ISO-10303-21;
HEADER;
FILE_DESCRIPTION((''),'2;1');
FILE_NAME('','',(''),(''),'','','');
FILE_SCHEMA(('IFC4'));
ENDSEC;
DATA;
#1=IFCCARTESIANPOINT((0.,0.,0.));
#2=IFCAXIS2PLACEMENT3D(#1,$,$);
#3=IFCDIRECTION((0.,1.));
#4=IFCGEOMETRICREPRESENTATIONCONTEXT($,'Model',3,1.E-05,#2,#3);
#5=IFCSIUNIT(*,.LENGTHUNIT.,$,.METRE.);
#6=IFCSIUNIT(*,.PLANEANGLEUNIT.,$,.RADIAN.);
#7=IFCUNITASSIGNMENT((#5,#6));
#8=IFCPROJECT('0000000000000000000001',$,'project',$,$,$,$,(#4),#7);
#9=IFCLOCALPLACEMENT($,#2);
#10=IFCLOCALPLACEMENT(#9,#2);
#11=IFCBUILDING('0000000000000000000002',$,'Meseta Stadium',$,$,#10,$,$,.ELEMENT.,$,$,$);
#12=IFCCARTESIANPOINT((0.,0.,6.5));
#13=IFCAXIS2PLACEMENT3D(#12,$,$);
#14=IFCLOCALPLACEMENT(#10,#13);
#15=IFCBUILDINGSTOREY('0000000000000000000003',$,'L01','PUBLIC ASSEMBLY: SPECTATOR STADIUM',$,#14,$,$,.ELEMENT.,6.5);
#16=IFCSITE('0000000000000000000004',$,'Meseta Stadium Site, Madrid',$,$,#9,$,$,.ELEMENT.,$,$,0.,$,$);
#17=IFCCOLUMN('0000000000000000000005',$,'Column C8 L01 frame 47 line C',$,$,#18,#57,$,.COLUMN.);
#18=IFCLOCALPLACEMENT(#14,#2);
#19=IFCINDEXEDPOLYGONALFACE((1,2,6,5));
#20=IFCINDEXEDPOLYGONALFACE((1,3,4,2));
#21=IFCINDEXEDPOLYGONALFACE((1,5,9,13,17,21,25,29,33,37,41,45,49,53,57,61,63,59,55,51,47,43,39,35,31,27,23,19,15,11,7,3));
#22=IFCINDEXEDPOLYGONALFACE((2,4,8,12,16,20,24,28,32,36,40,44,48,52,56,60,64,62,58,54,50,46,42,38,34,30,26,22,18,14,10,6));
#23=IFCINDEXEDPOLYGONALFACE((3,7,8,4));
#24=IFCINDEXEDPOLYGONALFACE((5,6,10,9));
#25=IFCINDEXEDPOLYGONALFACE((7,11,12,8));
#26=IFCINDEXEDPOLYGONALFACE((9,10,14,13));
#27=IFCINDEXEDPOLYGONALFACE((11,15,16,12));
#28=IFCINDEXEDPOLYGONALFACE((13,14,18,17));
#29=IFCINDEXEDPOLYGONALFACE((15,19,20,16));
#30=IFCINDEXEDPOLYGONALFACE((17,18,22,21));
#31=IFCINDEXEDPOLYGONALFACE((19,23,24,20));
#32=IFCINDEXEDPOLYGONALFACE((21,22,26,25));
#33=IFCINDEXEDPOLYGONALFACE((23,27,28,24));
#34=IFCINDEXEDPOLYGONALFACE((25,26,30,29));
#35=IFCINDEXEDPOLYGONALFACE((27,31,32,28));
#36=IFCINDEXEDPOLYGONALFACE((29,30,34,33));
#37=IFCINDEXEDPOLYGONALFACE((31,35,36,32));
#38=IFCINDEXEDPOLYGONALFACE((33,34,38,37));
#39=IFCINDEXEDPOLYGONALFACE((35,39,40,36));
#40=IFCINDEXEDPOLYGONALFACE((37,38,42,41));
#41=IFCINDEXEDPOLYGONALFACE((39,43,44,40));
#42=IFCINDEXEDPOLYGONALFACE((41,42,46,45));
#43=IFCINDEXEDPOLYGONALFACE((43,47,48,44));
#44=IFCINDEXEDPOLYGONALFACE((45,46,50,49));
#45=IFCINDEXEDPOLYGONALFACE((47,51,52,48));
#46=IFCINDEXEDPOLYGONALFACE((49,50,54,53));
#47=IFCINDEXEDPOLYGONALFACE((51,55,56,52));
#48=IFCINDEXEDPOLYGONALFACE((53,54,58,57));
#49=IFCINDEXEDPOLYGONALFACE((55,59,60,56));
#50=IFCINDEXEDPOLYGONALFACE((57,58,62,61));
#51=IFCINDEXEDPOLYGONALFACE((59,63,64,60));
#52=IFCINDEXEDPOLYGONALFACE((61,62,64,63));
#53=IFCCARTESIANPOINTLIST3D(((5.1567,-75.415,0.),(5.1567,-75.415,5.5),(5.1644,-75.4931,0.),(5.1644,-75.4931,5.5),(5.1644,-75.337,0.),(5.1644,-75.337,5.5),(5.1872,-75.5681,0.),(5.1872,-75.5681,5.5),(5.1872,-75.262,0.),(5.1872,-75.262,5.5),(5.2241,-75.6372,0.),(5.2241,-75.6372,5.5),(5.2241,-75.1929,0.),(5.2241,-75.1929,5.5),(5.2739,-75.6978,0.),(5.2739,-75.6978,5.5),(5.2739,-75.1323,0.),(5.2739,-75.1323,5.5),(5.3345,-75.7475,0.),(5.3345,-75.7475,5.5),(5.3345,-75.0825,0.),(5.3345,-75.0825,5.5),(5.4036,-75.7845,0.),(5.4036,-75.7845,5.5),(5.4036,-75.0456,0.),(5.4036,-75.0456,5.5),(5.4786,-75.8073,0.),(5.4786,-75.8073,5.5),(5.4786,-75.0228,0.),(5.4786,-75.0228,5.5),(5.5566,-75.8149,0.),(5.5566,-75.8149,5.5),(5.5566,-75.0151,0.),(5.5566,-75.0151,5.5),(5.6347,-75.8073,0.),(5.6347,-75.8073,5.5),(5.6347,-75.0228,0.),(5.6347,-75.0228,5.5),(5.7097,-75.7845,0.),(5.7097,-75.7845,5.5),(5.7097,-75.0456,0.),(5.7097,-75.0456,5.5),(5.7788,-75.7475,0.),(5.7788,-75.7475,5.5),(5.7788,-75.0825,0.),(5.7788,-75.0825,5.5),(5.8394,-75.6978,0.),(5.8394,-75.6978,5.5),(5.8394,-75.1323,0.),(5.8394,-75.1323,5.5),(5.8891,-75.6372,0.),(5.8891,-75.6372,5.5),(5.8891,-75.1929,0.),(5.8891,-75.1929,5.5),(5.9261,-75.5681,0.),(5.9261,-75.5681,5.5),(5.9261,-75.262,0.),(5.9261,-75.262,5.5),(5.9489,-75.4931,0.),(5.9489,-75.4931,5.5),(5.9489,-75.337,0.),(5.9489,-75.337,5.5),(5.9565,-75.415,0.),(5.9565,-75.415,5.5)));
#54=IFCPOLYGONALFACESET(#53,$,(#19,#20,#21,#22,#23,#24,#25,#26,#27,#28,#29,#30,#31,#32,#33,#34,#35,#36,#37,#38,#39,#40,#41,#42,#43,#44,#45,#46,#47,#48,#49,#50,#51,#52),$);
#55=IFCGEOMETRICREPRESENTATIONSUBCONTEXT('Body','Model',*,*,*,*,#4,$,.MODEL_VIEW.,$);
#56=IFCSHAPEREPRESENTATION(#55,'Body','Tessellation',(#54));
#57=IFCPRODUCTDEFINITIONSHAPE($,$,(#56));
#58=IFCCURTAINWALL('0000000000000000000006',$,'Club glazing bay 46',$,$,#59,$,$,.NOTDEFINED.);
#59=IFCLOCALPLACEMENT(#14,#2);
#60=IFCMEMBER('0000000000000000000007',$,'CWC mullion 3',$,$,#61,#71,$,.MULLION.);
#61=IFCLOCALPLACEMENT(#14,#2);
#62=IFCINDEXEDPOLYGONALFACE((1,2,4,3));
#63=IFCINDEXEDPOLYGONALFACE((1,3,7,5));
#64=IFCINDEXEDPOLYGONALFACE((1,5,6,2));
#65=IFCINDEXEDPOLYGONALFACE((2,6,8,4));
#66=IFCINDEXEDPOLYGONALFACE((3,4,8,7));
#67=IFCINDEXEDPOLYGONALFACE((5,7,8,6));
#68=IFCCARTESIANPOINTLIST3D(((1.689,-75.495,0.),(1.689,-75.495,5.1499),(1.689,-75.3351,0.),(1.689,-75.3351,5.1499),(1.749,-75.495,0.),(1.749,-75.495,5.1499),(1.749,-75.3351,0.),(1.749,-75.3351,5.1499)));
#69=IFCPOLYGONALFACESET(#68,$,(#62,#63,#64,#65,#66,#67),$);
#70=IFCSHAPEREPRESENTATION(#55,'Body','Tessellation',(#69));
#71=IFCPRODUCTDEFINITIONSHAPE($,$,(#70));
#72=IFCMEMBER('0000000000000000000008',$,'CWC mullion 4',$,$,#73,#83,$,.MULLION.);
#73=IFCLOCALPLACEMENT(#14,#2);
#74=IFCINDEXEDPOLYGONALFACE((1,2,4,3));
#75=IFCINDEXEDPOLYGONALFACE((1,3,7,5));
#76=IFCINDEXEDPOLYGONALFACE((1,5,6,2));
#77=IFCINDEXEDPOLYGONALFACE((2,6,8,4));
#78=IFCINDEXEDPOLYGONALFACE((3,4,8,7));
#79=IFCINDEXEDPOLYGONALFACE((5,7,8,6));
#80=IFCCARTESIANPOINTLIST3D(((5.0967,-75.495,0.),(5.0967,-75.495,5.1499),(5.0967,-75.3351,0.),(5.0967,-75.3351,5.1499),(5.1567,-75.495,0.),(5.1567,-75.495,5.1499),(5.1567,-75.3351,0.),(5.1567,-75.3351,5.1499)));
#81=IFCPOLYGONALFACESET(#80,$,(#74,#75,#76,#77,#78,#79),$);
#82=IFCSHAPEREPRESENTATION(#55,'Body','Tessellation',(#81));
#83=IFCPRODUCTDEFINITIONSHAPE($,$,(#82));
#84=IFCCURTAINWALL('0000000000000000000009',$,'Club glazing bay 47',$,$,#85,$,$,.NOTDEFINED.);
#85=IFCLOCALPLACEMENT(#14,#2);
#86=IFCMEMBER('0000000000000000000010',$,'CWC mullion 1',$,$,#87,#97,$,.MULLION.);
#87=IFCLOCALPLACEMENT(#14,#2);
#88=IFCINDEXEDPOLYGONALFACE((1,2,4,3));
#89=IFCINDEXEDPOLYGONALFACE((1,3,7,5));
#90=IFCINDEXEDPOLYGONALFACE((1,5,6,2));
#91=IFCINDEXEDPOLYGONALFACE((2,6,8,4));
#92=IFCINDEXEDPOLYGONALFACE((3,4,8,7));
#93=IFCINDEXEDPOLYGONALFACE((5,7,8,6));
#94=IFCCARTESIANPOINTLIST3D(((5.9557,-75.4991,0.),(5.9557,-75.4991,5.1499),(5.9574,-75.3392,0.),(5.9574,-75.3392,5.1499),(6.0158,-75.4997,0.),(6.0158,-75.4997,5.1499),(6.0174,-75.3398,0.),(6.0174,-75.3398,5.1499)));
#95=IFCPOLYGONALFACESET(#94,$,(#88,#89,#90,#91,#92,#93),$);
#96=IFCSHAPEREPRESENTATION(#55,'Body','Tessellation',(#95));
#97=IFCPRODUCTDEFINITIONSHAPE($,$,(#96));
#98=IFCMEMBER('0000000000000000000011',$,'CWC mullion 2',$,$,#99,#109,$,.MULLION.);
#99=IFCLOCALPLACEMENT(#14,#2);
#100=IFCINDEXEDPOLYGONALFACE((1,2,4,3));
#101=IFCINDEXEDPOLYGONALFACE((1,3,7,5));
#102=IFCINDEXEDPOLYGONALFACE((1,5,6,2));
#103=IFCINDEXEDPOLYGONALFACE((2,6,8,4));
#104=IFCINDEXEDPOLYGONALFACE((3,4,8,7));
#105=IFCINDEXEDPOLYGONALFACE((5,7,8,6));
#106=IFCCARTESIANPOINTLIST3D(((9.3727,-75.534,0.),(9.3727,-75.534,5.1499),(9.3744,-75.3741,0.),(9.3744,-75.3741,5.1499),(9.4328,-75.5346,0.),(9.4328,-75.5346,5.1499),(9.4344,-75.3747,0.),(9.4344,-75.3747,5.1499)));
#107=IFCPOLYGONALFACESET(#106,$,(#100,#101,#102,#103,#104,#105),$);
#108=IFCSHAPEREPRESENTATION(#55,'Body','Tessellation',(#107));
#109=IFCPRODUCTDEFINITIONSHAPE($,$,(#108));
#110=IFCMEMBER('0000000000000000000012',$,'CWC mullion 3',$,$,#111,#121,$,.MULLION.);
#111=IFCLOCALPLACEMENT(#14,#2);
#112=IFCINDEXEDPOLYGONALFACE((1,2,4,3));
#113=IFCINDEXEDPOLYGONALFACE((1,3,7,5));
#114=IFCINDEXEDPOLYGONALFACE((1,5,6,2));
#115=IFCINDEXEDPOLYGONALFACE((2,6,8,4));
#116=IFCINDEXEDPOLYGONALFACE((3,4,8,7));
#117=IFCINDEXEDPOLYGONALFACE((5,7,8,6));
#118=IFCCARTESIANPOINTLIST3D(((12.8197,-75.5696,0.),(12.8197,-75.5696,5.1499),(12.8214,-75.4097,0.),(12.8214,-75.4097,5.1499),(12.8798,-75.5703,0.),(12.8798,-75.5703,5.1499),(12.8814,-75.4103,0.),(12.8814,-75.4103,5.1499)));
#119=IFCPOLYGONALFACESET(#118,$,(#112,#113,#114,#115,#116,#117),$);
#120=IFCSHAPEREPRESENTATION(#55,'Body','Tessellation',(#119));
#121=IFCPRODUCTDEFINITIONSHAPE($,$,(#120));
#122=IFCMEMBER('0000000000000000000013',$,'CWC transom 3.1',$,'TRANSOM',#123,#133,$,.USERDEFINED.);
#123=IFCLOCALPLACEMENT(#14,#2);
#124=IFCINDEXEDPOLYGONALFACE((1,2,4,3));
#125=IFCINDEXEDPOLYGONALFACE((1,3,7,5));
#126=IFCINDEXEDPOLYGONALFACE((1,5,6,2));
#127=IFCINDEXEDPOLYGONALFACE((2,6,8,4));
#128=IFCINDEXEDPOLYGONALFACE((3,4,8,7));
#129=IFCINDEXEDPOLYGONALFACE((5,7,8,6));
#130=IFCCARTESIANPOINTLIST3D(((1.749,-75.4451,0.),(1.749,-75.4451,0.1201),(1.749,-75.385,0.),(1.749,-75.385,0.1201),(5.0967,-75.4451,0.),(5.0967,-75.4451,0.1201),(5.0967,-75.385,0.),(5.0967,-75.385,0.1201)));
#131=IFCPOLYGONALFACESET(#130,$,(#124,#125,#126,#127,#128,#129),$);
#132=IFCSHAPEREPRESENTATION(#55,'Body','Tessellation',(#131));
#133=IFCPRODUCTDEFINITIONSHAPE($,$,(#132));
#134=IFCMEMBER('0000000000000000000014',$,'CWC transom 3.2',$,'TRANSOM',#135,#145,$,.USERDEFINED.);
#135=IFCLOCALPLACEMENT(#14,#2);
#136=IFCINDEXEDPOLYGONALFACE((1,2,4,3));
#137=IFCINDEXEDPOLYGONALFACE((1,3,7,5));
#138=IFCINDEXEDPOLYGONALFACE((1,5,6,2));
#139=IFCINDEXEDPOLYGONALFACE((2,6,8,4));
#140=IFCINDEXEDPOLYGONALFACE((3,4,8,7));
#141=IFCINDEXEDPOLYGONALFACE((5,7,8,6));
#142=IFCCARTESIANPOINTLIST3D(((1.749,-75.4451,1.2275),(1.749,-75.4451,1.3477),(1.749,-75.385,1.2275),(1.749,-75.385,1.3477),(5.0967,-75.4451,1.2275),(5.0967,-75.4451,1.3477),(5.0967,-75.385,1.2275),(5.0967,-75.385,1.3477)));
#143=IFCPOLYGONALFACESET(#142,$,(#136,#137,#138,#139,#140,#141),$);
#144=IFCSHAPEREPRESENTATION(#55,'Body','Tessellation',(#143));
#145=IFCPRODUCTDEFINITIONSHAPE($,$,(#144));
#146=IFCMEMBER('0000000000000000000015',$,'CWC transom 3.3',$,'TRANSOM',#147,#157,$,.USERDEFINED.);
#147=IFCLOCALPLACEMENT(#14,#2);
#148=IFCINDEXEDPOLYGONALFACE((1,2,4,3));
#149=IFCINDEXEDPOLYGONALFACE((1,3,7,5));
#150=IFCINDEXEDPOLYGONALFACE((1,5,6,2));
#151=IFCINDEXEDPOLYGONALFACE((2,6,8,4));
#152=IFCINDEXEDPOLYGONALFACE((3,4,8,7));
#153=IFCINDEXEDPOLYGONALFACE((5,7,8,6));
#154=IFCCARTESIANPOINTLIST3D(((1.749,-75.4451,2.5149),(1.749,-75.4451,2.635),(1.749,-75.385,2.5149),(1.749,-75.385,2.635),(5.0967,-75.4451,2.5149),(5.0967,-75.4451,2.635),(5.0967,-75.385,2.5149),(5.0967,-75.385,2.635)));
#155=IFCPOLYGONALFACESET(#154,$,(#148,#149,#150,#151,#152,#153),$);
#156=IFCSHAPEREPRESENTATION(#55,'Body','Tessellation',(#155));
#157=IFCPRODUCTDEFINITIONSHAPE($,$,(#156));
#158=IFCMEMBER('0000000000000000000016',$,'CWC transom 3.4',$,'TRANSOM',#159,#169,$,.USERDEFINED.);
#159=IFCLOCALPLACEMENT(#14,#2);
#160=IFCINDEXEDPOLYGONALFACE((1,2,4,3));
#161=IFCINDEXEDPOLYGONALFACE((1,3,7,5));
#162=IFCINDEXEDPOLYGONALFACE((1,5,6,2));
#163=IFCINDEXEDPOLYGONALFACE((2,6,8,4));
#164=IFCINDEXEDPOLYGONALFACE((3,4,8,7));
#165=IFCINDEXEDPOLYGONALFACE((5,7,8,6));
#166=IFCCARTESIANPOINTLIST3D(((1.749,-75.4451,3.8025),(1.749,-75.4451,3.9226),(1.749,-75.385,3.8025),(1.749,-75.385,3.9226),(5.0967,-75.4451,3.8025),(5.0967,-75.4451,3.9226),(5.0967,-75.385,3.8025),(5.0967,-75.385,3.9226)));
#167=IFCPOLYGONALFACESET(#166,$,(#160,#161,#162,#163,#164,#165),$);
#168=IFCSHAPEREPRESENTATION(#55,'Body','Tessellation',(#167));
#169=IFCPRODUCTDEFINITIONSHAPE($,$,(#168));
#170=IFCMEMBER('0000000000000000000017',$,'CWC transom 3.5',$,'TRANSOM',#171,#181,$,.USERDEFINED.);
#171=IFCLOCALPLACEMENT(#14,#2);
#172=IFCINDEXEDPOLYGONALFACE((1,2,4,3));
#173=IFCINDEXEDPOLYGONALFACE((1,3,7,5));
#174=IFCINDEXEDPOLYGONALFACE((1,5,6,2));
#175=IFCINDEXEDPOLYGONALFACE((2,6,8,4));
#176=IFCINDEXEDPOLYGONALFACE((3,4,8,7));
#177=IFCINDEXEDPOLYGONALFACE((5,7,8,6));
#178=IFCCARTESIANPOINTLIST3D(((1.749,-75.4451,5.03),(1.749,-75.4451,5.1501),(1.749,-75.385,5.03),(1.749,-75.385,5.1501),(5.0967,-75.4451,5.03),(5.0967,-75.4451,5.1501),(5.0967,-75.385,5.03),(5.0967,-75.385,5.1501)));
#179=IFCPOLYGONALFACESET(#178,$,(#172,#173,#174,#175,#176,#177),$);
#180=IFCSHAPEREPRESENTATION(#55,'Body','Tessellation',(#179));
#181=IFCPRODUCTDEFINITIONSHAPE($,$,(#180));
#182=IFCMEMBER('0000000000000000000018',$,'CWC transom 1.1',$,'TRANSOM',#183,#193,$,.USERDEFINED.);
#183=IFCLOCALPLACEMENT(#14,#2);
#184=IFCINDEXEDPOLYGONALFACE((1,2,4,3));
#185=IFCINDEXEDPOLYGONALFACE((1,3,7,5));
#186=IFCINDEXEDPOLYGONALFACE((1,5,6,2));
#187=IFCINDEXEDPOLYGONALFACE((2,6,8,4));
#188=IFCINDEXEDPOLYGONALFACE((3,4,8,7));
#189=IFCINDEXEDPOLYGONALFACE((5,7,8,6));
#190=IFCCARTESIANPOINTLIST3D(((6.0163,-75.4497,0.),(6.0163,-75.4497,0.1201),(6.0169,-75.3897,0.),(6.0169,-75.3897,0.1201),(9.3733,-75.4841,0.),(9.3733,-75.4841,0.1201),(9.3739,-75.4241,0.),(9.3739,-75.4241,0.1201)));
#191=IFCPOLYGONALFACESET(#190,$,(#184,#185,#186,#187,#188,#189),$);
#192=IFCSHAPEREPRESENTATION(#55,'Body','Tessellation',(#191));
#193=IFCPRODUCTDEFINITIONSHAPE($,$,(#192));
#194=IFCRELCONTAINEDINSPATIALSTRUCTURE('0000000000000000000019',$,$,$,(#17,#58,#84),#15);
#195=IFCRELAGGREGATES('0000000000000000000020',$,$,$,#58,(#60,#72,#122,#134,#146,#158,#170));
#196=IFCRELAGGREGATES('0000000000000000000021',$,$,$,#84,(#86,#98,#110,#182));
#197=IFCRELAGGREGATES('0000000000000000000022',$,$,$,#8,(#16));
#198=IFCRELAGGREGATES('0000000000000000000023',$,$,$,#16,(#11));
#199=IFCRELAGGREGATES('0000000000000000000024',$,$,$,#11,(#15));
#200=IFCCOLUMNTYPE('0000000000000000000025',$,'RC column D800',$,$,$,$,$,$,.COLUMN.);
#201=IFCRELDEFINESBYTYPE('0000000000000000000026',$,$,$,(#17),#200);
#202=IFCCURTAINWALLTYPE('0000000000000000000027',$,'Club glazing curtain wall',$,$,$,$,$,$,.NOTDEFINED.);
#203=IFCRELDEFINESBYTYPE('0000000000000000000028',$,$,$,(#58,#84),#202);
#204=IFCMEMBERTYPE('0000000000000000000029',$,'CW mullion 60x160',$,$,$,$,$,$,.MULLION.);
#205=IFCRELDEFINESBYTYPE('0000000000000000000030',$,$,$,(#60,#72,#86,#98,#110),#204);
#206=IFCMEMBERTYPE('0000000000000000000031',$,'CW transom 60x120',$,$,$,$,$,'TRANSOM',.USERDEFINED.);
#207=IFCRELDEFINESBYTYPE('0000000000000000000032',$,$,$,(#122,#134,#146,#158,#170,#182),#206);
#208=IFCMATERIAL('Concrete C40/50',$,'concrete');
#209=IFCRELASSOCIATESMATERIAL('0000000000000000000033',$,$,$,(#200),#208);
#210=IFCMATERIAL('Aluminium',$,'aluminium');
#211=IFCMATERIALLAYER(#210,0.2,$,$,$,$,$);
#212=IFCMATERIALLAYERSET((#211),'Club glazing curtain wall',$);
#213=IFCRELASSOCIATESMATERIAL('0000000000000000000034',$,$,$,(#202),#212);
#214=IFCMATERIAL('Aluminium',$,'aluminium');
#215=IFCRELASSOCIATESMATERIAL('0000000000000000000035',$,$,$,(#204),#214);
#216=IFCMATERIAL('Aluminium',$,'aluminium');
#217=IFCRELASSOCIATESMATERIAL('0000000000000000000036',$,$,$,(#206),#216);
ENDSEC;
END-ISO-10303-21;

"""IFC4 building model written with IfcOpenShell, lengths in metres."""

from ifc_helpers import new_model, si_unit, direction, frame, origin, origin_2d, place, context, subcontext, project, spatial, rectangle, circle, extrude, material, layer, layer_set, material_profile, profile_set, type_object, element, aggregate, save


model = new_model("IFC4")

# Units and contexts
model_context = context("Model", 3, precision=1e-05, world=origin(), true_north=direction((0.0, 1.0)))
body_context = subcontext(model_context, "Body", "Model", "MODEL_VIEW")
ifc_project = project(units=[si_unit("LENGTHUNIT", "METRE"), si_unit("PLANEANGLEUNIT", "RADIAN")], contexts=[model_context])

# Site, building, storey
site_placement = place(None, origin())
site = spatial("IfcSite", under=ifc_project, at=site_placement, Name="Meseta Stadium Site, Madrid", CompositionType="ELEMENT", RefElevation=0.0)
building_placement = place(site_placement, origin())
building = spatial("IfcBuilding", under=site, at=building_placement, Name="Meseta Stadium", CompositionType="ELEMENT")
storey_placement = place(building_placement, frame((0.0, 0.0, 6.5)))
storey = spatial("IfcBuildingStorey", under=building, at=storey_placement, Name="L01", Description="PUBLIC ASSEMBLY: SPECTATOR STADIUM", CompositionType="ELEMENT", Elevation=6.5)

# Column
ifc_material_1 = material(Name="Concrete C40/50", Category="concrete")
ifc_material_profile_1 = material_profile(ifc_material_1, circle(Radius=0.3999, at=origin_2d()), Name="RC D800")
ifc_profile_set_1 = profile_set([ifc_material_profile_1], Name="Concrete C40/50")
column_type = type_object("IfcColumnType", Name="RC column D800", PredefinedType="COLUMN", material=ifc_profile_set_1)
column_placement = place(storey_placement, frame((5.5566, -75.415, 0.0), z_axis=(0.0, 0.0, 1.0), x_axis=(1.0, 0.0, 0.0)))
element("IfcColumn", 1, at=column_placement, inside=storey, type_object=column_type, Name="Column C8 L01 frame 47 line C", PredefinedType="COLUMN", context=body_context, shape_type="SweptSolid", body=[
    extrude(circle(Radius=0.3999, at=origin_2d()), origin(), (0.0, 0.0, 1.0), 5.5),
])

# Curtain walls, members
ifc_material_2 = material(Name="Aluminium", Category="aluminium")
ifc_layer_1 = layer(ifc_material_2, 0.2)
ifc_layer_set_1 = layer_set([ifc_layer_1], Name="Club glazing curtain wall")
curtain_wall_type = type_object("IfcCurtainWallType", Name="Club glazing curtain wall", PredefinedType="NOTDEFINED", material=ifc_layer_set_1)
curtain_wall_1_placement = place(storey_placement, origin())
curtain_wall_1 = element("IfcCurtainWall", 2, at=curtain_wall_1_placement, inside=storey, type_object=curtain_wall_type, Name="Club glazing bay 46", PredefinedType="NOTDEFINED")
ifc_material_3 = material(Name="Aluminium", Category="aluminium")
ifc_material_profile_2 = material_profile(ifc_material_3, rectangle(XDim=0.1599, YDim=0.0601, at=origin_2d()), Name="CW 160x60")
ifc_profile_set_2 = profile_set([ifc_material_profile_2], Name="Aluminium")
member_type_1 = type_object("IfcMemberType", Name="CW mullion 60x160", PredefinedType="MULLION", material=ifc_profile_set_2)
member_1_placement = place(storey_placement, frame((1.719, -75.415, 0.0), z_axis=(0.0, 0.0, 1.0), x_axis=(0.0, 1.0, 0.0)))
member_1 = element("IfcMember", 3, at=member_1_placement, type_object=member_type_1, Name="CWC mullion 3", PredefinedType="MULLION", context=body_context, shape_type="SweptSolid", body=[
    extrude(rectangle(XDim=0.1599, YDim=0.0601, at=origin_2d()), origin(), (0.0, 0.0, 1.0), 5.1499),
])
member_2_placement = place(storey_placement, frame((5.1267, -75.415, 0.0), z_axis=(0.0, 0.0, 1.0), x_axis=(0.0, 1.0, 0.0)))
member_2 = element("IfcMember", 4, at=member_2_placement, type_object=member_type_1, Name="CWC mullion 4", PredefinedType="MULLION", context=body_context, shape_type="SweptSolid", body=[
    extrude(rectangle(XDim=0.1599, YDim=0.0601, at=origin_2d()), origin(), (0.0, 0.0, 1.0), 5.1499),
])
curtain_wall_2_placement = place(storey_placement, origin())
curtain_wall_2 = element("IfcCurtainWall", 5, at=curtain_wall_2_placement, inside=storey, type_object=curtain_wall_type, Name="Club glazing bay 47", PredefinedType="NOTDEFINED")
member_3_placement = place(storey_placement, frame((5.9866, -75.4194, 0.0), z_axis=(0.0, 0.0, 1.0), x_axis=(0.010279, 0.999947, 0.0)))
member_3 = element("IfcMember", 6, at=member_3_placement, type_object=member_type_1, Name="CWC mullion 1", PredefinedType="MULLION", context=body_context, shape_type="SweptSolid", body=[
    extrude(rectangle(XDim=0.1599, YDim=0.0601, at=origin_2d()), origin(), (0.0, 0.0, 1.0), 5.1499),
])
member_4_placement = place(storey_placement, frame((9.4036, -75.4543, 0.0), z_axis=(0.0, 0.0, 1.0), x_axis=(0.010279, 0.999947, 0.0)))
member_4 = element("IfcMember", 7, at=member_4_placement, type_object=member_type_1, Name="CWC mullion 2", PredefinedType="MULLION", context=body_context, shape_type="SweptSolid", body=[
    extrude(rectangle(XDim=0.1599, YDim=0.0601, at=origin_2d()), origin(), (0.0, 0.0, 1.0), 5.1499),
])
member_5_placement = place(storey_placement, frame((12.8506, -75.49, 0.0), z_axis=(0.0, 0.0, 1.0), x_axis=(0.010279, 0.999947, 0.0)))
member_5 = element("IfcMember", 8, at=member_5_placement, type_object=member_type_1, Name="CWC mullion 3", PredefinedType="MULLION", context=body_context, shape_type="SweptSolid", body=[
    extrude(rectangle(XDim=0.1599, YDim=0.0601, at=origin_2d()), origin(), (0.0, 0.0, 1.0), 5.1499),
])

# Members
ifc_material_4 = material(Name="Aluminium", Category="aluminium")
ifc_material_profile_3 = material_profile(ifc_material_4, rectangle(XDim=0.0601, YDim=0.1201, at=origin_2d()), Name="CW 60x120")
ifc_profile_set_3 = profile_set([ifc_material_profile_3], Name="Aluminium")
member_type_2 = type_object("IfcMemberType", Name="CW transom 60x120", ElementType="TRANSOM", PredefinedType="USERDEFINED", material=ifc_profile_set_3)
member_6_placement = place(storey_placement, frame((1.749, -75.415, 0.0601), z_axis=(1.0, 0.0, 0.0), x_axis=(0.0, 1.0, 0.0)))
member_6 = element("IfcMember", 9, at=member_6_placement, type_object=member_type_2, Name="CWC transom 3.1", ObjectType="TRANSOM", PredefinedType="USERDEFINED", context=body_context, shape_type="SweptSolid", body=[
    extrude(rectangle(XDim=0.0601, YDim=0.1201, at=origin_2d()), origin(), (0.0, 0.0, 1.0), 3.3477),
])
member_7_placement = place(storey_placement, frame((1.749, -75.415, 1.2876), z_axis=(1.0, 0.0, 0.0), x_axis=(0.0, 1.0, 0.0)))
member_7 = element("IfcMember", 10, at=member_7_placement, type_object=member_type_2, Name="CWC transom 3.2", ObjectType="TRANSOM", PredefinedType="USERDEFINED", context=body_context, shape_type="SweptSolid", body=[
    extrude(rectangle(XDim=0.0601, YDim=0.1201, at=origin_2d()), origin(), (0.0, 0.0, 1.0), 3.3477),
])
member_8_placement = place(storey_placement, frame((1.749, -75.415, 2.575), z_axis=(1.0, 0.0, 0.0), x_axis=(0.0, 1.0, 0.0)))
member_8 = element("IfcMember", 11, at=member_8_placement, type_object=member_type_2, Name="CWC transom 3.3", ObjectType="TRANSOM", PredefinedType="USERDEFINED", context=body_context, shape_type="SweptSolid", body=[
    extrude(rectangle(XDim=0.0601, YDim=0.1201, at=origin_2d()), origin(), (0.0, 0.0, 1.0), 3.3477),
])
member_9_placement = place(storey_placement, frame((1.749, -75.415, 3.8625), z_axis=(1.0, 0.0, 0.0), x_axis=(0.0, 1.0, 0.0)))
member_9 = element("IfcMember", 12, at=member_9_placement, type_object=member_type_2, Name="CWC transom 3.4", ObjectType="TRANSOM", PredefinedType="USERDEFINED", context=body_context, shape_type="SweptSolid", body=[
    extrude(rectangle(XDim=0.0601, YDim=0.1201, at=origin_2d()), origin(), (0.0, 0.0, 1.0), 3.3477),
])
member_10_placement = place(storey_placement, frame((1.749, -75.415, 5.0901), z_axis=(1.0, 0.0, 0.0), x_axis=(0.0, 1.0, 0.0)))
member_10 = element("IfcMember", 13, at=member_10_placement, type_object=member_type_2, Name="CWC transom 3.5", ObjectType="TRANSOM", PredefinedType="USERDEFINED", context=body_context, shape_type="SweptSolid", body=[
    extrude(rectangle(XDim=0.0601, YDim=0.1201, at=origin_2d()), origin(), (0.0, 0.0, 1.0), 3.3477),
])
member_11_placement = place(storey_placement, frame((6.0166, -75.4197, 0.0601), z_axis=(0.999947, -0.010254, 0.0), x_axis=(0.010254, 0.999947, 0.0)))
member_11 = element("IfcMember", 14, at=member_11_placement, type_object=member_type_2, Name="CWC transom 1.1", ObjectType="TRANSOM", PredefinedType="USERDEFINED", context=body_context, shape_type="SweptSolid", body=[
    extrude(rectangle(XDim=0.0601, YDim=0.1201, at=origin_2d()), origin(), (0.0, 0.0, 1.0), 3.3572),
])

aggregate(curtain_wall_1, [member_1, member_2, member_6, member_7, member_8, member_9, member_10])
aggregate(curtain_wall_2, [member_3, member_4, member_5, member_11])

save(model, "model.ifc")
